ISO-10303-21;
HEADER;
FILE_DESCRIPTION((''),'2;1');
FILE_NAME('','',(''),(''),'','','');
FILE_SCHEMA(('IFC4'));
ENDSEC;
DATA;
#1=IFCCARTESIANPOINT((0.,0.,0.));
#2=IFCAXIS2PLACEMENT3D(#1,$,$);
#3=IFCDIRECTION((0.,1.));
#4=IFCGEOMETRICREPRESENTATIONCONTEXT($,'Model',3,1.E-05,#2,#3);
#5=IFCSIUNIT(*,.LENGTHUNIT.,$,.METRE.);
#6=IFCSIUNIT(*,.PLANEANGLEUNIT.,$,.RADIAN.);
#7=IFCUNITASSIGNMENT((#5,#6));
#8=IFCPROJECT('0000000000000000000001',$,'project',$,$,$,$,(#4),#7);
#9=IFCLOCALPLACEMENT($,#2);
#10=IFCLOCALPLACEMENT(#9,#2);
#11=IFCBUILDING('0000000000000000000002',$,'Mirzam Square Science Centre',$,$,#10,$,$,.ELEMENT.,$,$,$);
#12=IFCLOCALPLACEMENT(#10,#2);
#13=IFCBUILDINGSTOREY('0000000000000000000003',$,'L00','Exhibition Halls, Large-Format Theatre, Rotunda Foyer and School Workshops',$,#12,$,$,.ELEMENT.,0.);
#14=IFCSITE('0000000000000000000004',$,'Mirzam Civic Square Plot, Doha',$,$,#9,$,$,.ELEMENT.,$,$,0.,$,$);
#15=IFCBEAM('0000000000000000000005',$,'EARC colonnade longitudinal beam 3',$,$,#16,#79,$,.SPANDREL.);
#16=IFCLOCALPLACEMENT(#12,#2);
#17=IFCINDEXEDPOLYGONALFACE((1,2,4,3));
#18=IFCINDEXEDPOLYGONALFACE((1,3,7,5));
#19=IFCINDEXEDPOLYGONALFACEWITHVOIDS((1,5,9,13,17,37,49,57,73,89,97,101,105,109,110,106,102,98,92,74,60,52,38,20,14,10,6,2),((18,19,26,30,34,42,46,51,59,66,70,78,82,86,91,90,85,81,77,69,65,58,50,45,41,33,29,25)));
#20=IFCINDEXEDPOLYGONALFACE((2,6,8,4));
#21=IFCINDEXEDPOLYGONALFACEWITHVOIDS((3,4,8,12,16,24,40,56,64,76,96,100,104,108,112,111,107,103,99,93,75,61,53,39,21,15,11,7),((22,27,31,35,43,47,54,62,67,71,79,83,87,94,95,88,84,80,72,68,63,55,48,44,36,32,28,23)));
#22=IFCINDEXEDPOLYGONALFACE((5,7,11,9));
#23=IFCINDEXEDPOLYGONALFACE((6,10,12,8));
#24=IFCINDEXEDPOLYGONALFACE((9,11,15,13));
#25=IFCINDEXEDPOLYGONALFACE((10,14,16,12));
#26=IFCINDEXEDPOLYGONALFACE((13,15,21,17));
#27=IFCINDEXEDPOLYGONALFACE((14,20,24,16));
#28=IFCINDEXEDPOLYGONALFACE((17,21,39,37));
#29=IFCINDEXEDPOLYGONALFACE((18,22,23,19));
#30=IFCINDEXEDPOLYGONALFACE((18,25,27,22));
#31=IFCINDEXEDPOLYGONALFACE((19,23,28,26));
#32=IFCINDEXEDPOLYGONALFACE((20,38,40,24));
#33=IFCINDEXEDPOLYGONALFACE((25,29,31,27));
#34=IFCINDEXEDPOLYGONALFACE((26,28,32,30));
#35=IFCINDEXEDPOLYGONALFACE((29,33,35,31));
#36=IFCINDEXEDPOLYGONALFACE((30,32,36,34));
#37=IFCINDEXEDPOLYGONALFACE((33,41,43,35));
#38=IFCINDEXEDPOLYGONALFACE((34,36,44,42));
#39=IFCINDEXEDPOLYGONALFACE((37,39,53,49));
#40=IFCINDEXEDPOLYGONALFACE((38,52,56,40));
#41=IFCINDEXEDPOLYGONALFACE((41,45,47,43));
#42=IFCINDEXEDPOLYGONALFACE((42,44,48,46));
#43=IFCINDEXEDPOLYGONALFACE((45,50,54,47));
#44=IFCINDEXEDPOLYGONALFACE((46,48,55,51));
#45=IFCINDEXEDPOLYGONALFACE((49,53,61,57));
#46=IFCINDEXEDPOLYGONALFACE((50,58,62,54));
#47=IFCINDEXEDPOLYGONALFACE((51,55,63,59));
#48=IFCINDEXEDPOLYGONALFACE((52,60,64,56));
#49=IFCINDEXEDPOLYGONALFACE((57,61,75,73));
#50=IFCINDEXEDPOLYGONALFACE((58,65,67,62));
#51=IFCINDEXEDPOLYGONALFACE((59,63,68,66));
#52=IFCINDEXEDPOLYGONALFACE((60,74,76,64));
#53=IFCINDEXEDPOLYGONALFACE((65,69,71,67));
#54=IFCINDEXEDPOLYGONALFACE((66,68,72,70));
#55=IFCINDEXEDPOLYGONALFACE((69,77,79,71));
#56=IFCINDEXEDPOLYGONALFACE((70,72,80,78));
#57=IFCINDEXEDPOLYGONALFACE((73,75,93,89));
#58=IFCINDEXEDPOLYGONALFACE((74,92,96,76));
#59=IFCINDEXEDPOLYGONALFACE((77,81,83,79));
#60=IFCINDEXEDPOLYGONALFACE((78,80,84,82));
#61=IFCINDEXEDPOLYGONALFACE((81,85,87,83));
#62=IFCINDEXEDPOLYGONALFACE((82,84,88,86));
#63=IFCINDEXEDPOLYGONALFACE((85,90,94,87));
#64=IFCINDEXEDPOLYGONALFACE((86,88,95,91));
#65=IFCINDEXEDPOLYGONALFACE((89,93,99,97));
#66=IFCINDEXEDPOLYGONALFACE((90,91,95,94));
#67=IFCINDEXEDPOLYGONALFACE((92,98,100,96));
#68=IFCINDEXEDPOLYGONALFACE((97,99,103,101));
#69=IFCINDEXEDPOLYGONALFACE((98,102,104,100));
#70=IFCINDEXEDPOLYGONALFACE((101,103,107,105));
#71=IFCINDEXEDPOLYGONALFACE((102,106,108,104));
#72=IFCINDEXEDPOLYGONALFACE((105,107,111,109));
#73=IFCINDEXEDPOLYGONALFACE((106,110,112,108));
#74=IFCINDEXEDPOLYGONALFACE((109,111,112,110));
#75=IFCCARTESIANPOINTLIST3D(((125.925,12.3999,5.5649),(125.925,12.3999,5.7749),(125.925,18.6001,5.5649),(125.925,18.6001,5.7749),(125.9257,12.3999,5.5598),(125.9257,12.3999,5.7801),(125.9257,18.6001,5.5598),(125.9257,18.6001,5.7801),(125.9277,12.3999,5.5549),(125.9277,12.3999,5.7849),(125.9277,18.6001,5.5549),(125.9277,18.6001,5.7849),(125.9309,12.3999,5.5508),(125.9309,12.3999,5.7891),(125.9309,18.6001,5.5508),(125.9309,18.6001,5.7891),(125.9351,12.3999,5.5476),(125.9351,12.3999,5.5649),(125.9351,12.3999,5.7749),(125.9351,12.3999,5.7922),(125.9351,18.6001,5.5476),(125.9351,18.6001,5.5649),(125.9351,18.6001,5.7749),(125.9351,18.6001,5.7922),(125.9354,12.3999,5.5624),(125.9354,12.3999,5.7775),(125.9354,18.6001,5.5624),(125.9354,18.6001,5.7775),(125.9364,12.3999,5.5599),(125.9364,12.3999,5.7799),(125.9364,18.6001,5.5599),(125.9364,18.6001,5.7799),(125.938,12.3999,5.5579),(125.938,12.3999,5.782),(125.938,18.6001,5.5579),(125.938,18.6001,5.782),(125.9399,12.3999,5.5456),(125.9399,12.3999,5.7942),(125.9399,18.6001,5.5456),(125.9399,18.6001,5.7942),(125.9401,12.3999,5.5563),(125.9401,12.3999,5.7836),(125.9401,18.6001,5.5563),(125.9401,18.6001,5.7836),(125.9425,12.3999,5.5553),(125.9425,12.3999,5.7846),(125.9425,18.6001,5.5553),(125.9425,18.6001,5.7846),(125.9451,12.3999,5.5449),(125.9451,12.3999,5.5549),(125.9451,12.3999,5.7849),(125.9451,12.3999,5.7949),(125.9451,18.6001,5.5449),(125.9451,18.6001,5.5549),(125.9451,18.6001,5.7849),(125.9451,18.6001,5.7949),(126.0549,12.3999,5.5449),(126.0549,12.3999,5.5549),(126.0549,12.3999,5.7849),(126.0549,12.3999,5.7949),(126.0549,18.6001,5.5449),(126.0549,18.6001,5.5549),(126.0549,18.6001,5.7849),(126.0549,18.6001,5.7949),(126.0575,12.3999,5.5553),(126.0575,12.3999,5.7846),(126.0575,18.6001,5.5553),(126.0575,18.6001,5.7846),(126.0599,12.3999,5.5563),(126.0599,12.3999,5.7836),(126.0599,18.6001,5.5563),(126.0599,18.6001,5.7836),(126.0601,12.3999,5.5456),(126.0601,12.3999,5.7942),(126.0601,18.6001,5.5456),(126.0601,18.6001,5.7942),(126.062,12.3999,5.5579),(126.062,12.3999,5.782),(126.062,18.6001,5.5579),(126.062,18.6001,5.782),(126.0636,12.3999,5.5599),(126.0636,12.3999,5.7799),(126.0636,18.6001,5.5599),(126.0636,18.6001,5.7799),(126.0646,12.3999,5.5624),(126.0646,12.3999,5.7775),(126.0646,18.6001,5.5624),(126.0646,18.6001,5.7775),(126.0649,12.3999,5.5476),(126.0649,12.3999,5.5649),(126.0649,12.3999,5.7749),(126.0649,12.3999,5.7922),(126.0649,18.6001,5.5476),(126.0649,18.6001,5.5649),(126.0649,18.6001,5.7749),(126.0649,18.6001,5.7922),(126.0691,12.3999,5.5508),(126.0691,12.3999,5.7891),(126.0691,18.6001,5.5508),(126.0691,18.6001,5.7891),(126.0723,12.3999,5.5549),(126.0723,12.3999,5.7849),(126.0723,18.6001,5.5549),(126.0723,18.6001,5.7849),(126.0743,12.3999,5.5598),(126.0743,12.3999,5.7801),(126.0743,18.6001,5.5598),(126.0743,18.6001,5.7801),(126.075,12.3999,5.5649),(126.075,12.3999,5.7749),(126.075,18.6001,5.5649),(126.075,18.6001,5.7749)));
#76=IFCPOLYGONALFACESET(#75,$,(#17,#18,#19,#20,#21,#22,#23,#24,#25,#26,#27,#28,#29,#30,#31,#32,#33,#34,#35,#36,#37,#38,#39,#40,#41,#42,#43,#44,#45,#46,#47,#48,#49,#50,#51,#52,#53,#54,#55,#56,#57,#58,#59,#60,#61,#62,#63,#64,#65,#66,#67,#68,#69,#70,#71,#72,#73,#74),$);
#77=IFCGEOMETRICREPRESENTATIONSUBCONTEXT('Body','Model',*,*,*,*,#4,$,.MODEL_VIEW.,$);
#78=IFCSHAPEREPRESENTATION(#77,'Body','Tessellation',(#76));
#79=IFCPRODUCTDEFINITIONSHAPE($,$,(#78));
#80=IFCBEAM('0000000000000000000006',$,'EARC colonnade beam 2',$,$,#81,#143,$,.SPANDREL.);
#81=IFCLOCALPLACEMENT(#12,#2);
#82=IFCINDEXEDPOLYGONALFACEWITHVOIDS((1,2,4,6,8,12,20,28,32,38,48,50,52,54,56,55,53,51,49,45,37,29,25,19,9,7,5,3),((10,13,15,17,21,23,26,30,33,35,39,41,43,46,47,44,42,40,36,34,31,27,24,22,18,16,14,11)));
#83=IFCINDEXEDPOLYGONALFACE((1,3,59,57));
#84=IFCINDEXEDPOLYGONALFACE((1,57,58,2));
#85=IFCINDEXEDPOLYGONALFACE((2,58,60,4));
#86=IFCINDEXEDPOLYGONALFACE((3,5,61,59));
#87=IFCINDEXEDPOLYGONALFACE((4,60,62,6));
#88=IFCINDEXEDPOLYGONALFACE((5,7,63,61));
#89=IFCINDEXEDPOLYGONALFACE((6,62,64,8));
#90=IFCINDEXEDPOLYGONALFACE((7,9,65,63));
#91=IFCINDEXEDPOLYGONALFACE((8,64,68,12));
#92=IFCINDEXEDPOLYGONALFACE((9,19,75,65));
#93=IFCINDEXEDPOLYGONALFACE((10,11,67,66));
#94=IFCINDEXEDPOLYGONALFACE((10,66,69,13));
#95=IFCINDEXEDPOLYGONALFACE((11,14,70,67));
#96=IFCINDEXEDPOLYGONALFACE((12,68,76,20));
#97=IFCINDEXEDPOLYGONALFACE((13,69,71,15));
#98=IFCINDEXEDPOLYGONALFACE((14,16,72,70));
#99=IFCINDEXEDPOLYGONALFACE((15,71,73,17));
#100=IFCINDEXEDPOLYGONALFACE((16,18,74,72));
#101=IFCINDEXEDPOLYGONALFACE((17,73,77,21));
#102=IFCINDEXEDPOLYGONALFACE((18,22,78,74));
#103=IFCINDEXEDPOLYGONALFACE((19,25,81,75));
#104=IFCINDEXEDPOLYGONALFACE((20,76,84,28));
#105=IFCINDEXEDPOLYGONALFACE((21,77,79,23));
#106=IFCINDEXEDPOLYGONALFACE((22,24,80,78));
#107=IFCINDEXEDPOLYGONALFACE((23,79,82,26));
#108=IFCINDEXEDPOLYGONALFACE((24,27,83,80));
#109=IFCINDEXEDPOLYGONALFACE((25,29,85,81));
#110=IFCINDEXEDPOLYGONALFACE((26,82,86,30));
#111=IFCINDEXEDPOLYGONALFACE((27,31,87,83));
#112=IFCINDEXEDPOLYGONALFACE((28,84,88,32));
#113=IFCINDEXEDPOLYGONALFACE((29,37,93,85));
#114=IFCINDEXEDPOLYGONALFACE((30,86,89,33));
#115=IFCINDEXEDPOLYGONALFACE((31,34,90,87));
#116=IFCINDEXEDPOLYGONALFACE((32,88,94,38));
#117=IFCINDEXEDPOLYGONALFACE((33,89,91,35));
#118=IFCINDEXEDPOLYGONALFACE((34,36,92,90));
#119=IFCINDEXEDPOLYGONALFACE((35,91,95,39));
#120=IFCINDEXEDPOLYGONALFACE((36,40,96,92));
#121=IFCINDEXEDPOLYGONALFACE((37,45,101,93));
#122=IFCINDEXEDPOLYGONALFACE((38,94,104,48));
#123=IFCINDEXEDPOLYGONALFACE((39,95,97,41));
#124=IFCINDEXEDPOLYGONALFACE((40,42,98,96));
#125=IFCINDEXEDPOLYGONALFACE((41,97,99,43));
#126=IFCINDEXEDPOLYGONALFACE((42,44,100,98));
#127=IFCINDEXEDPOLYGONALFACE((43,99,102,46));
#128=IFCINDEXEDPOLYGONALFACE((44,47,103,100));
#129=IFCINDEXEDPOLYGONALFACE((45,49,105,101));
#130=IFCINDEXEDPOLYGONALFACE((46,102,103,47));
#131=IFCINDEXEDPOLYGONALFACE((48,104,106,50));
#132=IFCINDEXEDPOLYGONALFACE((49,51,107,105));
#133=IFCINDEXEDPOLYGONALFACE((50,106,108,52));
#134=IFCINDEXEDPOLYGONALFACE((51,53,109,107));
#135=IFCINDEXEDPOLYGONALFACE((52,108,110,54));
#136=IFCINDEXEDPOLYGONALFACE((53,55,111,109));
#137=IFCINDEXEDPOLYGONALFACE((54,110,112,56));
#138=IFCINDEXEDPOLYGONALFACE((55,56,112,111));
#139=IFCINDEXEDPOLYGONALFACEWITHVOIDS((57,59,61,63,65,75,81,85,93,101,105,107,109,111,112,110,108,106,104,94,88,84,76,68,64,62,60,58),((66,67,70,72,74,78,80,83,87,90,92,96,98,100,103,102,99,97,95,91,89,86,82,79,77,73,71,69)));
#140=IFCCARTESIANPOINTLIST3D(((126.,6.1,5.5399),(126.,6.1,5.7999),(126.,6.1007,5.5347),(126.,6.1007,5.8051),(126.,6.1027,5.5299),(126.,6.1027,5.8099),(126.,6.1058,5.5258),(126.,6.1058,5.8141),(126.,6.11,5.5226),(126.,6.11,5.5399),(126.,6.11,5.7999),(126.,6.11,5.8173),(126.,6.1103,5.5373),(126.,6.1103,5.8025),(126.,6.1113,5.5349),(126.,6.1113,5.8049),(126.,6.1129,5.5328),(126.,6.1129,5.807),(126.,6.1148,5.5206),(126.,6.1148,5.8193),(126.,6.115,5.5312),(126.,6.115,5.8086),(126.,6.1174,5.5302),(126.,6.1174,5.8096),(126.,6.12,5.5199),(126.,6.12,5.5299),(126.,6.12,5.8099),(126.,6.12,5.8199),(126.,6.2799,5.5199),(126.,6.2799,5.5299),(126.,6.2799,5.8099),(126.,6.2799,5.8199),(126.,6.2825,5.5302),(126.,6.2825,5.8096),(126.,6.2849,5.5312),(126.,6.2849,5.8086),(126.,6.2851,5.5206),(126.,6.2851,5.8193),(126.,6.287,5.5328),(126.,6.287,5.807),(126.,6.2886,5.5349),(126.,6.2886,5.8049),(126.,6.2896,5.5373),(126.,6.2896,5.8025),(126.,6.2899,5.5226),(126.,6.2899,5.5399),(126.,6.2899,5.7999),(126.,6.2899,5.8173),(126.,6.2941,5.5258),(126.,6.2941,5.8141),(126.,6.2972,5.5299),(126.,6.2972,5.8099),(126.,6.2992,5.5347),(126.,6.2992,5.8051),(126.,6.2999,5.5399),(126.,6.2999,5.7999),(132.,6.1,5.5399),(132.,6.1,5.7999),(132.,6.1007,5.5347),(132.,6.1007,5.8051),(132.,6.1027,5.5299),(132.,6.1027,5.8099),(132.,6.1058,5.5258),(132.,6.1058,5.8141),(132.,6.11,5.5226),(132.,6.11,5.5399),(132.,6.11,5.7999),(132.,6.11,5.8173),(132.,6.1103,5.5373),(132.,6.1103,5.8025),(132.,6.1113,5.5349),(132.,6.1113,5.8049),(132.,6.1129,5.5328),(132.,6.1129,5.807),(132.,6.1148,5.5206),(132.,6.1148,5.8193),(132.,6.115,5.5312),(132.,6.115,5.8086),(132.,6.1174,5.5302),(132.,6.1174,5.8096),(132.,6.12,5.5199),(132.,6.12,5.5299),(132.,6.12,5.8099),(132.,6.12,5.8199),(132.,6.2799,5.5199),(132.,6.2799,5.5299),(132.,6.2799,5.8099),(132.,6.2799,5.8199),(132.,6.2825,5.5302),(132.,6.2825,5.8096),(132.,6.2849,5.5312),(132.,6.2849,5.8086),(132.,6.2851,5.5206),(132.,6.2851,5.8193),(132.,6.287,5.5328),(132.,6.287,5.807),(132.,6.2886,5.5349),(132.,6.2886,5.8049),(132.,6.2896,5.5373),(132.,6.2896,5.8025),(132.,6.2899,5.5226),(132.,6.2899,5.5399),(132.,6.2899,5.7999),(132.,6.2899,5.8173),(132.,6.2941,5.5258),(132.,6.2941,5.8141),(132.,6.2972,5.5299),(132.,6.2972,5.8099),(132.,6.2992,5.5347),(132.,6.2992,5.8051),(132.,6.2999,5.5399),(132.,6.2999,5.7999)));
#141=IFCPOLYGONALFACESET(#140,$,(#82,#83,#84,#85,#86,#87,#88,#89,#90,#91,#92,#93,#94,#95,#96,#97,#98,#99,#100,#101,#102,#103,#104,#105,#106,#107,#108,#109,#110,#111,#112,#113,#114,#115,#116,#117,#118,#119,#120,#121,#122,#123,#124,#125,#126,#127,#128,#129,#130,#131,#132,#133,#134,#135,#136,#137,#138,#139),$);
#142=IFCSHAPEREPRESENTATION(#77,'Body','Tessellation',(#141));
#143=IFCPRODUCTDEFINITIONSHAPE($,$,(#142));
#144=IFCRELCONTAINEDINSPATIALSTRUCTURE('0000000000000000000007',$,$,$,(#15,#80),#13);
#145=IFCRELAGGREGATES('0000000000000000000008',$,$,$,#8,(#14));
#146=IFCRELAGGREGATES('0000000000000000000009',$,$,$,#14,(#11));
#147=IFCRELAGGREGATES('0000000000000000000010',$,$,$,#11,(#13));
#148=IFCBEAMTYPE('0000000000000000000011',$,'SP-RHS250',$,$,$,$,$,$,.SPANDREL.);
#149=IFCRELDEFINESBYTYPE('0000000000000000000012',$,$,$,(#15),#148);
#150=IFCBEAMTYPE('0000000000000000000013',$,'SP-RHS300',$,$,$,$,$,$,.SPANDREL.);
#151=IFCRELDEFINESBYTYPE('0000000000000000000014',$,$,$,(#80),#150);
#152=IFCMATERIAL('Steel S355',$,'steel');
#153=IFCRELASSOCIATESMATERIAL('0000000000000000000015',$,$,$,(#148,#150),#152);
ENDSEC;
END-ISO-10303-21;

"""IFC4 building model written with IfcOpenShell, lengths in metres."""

from ifc_helpers import new_model, si_unit, direction, frame, origin, origin_2d, place, context, subcontext, project, spatial, hollow_rectangle, extrude, material, material_profile, profile_set, type_object, element, save


model = new_model("IFC4")

# Units and contexts
model_context = context("Model", 3, precision=1e-05, world=origin(), true_north=direction((0.0, 1.0)))
body_context = subcontext(model_context, "Body", "Model", "MODEL_VIEW")
ifc_project = project(units=[si_unit("LENGTHUNIT", "METRE"), si_unit("PLANEANGLEUNIT", "RADIAN")], contexts=[model_context])

# Site, building, storey
site_placement = place(None, origin())
site = spatial("IfcSite", under=ifc_project, at=site_placement, Name="Mirzam Civic Square Plot, Doha", CompositionType="ELEMENT", RefElevation=0.0)
building_placement = place(site_placement, origin())
building = spatial("IfcBuilding", under=site, at=building_placement, Name="Mirzam Square Science Centre", CompositionType="ELEMENT")
storey_placement = place(building_placement, origin())
storey = spatial("IfcBuildingStorey", under=building, at=storey_placement, Name="L00", Description="Exhibition Halls, Large-Format Theatre, Rotunda Foyer and School Workshops", CompositionType="ELEMENT", Elevation=0.0)

# Shared definitions
ifc_material_1 = material(Name="Steel S355", Category="steel")

# Beams
ifc_material_profile_1 = material_profile(ifc_material_1, hollow_rectangle(XDim=0.1499, YDim=0.25, WallThickness=0.01, InnerFilletRadius=0.01, OuterFilletRadius=0.02, at=origin_2d()), Name="250x150x10.0RHS")
ifc_profile_set_1 = profile_set([ifc_material_profile_1], Name="Steel S355")
beam_type_1 = type_object("IfcBeamType", Name="SP-RHS250", PredefinedType="SPANDREL", material=ifc_profile_set_1)
beam_1_placement = place(storey_placement, frame((126.0, 12.3999, 5.6699), z_axis=(0.0, 1.0, 0.0), x_axis=(-1.0, 0.0, 0.0)))
element("IfcBeam", 1, at=beam_1_placement, inside=storey, type_object=beam_type_1, Name="EARC colonnade longitudinal beam 3", PredefinedType="SPANDREL", context=body_context, shape_type="SweptSolid", body=[
    extrude(hollow_rectangle(XDim=0.1499, YDim=0.25, WallThickness=0.01, InnerFilletRadius=0.01, OuterFilletRadius=0.02, at=origin_2d()), origin(), (0.0, 0.0, 1.0), 6.2002),
])
ifc_material_profile_2 = material_profile(ifc_material_1, hollow_rectangle(XDim=0.2, YDim=0.3, WallThickness=0.01, InnerFilletRadius=0.01, OuterFilletRadius=0.02, at=origin_2d()), Name="300x200x10.0RHS")
ifc_profile_set_2 = profile_set([ifc_material_profile_2], Name="Steel S355")
beam_type_2 = type_object("IfcBeamType", Name="SP-RHS300", PredefinedType="SPANDREL", material=ifc_profile_set_2)
for number, where, z_axis, x_axis, name in (
    (2, (126.0, 6.2, 5.6699), (1.0, 0.0, 0.0), (0.0, 1.0, 0.0), "EARC colonnade beam 2"),
):
    element("IfcBeam", number, at=place(storey_placement, frame(where, z_axis=z_axis, x_axis=x_axis)), inside=storey, type_object=beam_type_2, Name=name, PredefinedType="SPANDREL", context=body_context, shape_type="SweptSolid", body=[
        extrude(hollow_rectangle(XDim=0.2, YDim=0.3, WallThickness=0.01, InnerFilletRadius=0.01, OuterFilletRadius=0.02, at=origin_2d()), origin(), (0.0, 0.0, 1.0), 6.0),
    ])

save(model, "model.ifc")
